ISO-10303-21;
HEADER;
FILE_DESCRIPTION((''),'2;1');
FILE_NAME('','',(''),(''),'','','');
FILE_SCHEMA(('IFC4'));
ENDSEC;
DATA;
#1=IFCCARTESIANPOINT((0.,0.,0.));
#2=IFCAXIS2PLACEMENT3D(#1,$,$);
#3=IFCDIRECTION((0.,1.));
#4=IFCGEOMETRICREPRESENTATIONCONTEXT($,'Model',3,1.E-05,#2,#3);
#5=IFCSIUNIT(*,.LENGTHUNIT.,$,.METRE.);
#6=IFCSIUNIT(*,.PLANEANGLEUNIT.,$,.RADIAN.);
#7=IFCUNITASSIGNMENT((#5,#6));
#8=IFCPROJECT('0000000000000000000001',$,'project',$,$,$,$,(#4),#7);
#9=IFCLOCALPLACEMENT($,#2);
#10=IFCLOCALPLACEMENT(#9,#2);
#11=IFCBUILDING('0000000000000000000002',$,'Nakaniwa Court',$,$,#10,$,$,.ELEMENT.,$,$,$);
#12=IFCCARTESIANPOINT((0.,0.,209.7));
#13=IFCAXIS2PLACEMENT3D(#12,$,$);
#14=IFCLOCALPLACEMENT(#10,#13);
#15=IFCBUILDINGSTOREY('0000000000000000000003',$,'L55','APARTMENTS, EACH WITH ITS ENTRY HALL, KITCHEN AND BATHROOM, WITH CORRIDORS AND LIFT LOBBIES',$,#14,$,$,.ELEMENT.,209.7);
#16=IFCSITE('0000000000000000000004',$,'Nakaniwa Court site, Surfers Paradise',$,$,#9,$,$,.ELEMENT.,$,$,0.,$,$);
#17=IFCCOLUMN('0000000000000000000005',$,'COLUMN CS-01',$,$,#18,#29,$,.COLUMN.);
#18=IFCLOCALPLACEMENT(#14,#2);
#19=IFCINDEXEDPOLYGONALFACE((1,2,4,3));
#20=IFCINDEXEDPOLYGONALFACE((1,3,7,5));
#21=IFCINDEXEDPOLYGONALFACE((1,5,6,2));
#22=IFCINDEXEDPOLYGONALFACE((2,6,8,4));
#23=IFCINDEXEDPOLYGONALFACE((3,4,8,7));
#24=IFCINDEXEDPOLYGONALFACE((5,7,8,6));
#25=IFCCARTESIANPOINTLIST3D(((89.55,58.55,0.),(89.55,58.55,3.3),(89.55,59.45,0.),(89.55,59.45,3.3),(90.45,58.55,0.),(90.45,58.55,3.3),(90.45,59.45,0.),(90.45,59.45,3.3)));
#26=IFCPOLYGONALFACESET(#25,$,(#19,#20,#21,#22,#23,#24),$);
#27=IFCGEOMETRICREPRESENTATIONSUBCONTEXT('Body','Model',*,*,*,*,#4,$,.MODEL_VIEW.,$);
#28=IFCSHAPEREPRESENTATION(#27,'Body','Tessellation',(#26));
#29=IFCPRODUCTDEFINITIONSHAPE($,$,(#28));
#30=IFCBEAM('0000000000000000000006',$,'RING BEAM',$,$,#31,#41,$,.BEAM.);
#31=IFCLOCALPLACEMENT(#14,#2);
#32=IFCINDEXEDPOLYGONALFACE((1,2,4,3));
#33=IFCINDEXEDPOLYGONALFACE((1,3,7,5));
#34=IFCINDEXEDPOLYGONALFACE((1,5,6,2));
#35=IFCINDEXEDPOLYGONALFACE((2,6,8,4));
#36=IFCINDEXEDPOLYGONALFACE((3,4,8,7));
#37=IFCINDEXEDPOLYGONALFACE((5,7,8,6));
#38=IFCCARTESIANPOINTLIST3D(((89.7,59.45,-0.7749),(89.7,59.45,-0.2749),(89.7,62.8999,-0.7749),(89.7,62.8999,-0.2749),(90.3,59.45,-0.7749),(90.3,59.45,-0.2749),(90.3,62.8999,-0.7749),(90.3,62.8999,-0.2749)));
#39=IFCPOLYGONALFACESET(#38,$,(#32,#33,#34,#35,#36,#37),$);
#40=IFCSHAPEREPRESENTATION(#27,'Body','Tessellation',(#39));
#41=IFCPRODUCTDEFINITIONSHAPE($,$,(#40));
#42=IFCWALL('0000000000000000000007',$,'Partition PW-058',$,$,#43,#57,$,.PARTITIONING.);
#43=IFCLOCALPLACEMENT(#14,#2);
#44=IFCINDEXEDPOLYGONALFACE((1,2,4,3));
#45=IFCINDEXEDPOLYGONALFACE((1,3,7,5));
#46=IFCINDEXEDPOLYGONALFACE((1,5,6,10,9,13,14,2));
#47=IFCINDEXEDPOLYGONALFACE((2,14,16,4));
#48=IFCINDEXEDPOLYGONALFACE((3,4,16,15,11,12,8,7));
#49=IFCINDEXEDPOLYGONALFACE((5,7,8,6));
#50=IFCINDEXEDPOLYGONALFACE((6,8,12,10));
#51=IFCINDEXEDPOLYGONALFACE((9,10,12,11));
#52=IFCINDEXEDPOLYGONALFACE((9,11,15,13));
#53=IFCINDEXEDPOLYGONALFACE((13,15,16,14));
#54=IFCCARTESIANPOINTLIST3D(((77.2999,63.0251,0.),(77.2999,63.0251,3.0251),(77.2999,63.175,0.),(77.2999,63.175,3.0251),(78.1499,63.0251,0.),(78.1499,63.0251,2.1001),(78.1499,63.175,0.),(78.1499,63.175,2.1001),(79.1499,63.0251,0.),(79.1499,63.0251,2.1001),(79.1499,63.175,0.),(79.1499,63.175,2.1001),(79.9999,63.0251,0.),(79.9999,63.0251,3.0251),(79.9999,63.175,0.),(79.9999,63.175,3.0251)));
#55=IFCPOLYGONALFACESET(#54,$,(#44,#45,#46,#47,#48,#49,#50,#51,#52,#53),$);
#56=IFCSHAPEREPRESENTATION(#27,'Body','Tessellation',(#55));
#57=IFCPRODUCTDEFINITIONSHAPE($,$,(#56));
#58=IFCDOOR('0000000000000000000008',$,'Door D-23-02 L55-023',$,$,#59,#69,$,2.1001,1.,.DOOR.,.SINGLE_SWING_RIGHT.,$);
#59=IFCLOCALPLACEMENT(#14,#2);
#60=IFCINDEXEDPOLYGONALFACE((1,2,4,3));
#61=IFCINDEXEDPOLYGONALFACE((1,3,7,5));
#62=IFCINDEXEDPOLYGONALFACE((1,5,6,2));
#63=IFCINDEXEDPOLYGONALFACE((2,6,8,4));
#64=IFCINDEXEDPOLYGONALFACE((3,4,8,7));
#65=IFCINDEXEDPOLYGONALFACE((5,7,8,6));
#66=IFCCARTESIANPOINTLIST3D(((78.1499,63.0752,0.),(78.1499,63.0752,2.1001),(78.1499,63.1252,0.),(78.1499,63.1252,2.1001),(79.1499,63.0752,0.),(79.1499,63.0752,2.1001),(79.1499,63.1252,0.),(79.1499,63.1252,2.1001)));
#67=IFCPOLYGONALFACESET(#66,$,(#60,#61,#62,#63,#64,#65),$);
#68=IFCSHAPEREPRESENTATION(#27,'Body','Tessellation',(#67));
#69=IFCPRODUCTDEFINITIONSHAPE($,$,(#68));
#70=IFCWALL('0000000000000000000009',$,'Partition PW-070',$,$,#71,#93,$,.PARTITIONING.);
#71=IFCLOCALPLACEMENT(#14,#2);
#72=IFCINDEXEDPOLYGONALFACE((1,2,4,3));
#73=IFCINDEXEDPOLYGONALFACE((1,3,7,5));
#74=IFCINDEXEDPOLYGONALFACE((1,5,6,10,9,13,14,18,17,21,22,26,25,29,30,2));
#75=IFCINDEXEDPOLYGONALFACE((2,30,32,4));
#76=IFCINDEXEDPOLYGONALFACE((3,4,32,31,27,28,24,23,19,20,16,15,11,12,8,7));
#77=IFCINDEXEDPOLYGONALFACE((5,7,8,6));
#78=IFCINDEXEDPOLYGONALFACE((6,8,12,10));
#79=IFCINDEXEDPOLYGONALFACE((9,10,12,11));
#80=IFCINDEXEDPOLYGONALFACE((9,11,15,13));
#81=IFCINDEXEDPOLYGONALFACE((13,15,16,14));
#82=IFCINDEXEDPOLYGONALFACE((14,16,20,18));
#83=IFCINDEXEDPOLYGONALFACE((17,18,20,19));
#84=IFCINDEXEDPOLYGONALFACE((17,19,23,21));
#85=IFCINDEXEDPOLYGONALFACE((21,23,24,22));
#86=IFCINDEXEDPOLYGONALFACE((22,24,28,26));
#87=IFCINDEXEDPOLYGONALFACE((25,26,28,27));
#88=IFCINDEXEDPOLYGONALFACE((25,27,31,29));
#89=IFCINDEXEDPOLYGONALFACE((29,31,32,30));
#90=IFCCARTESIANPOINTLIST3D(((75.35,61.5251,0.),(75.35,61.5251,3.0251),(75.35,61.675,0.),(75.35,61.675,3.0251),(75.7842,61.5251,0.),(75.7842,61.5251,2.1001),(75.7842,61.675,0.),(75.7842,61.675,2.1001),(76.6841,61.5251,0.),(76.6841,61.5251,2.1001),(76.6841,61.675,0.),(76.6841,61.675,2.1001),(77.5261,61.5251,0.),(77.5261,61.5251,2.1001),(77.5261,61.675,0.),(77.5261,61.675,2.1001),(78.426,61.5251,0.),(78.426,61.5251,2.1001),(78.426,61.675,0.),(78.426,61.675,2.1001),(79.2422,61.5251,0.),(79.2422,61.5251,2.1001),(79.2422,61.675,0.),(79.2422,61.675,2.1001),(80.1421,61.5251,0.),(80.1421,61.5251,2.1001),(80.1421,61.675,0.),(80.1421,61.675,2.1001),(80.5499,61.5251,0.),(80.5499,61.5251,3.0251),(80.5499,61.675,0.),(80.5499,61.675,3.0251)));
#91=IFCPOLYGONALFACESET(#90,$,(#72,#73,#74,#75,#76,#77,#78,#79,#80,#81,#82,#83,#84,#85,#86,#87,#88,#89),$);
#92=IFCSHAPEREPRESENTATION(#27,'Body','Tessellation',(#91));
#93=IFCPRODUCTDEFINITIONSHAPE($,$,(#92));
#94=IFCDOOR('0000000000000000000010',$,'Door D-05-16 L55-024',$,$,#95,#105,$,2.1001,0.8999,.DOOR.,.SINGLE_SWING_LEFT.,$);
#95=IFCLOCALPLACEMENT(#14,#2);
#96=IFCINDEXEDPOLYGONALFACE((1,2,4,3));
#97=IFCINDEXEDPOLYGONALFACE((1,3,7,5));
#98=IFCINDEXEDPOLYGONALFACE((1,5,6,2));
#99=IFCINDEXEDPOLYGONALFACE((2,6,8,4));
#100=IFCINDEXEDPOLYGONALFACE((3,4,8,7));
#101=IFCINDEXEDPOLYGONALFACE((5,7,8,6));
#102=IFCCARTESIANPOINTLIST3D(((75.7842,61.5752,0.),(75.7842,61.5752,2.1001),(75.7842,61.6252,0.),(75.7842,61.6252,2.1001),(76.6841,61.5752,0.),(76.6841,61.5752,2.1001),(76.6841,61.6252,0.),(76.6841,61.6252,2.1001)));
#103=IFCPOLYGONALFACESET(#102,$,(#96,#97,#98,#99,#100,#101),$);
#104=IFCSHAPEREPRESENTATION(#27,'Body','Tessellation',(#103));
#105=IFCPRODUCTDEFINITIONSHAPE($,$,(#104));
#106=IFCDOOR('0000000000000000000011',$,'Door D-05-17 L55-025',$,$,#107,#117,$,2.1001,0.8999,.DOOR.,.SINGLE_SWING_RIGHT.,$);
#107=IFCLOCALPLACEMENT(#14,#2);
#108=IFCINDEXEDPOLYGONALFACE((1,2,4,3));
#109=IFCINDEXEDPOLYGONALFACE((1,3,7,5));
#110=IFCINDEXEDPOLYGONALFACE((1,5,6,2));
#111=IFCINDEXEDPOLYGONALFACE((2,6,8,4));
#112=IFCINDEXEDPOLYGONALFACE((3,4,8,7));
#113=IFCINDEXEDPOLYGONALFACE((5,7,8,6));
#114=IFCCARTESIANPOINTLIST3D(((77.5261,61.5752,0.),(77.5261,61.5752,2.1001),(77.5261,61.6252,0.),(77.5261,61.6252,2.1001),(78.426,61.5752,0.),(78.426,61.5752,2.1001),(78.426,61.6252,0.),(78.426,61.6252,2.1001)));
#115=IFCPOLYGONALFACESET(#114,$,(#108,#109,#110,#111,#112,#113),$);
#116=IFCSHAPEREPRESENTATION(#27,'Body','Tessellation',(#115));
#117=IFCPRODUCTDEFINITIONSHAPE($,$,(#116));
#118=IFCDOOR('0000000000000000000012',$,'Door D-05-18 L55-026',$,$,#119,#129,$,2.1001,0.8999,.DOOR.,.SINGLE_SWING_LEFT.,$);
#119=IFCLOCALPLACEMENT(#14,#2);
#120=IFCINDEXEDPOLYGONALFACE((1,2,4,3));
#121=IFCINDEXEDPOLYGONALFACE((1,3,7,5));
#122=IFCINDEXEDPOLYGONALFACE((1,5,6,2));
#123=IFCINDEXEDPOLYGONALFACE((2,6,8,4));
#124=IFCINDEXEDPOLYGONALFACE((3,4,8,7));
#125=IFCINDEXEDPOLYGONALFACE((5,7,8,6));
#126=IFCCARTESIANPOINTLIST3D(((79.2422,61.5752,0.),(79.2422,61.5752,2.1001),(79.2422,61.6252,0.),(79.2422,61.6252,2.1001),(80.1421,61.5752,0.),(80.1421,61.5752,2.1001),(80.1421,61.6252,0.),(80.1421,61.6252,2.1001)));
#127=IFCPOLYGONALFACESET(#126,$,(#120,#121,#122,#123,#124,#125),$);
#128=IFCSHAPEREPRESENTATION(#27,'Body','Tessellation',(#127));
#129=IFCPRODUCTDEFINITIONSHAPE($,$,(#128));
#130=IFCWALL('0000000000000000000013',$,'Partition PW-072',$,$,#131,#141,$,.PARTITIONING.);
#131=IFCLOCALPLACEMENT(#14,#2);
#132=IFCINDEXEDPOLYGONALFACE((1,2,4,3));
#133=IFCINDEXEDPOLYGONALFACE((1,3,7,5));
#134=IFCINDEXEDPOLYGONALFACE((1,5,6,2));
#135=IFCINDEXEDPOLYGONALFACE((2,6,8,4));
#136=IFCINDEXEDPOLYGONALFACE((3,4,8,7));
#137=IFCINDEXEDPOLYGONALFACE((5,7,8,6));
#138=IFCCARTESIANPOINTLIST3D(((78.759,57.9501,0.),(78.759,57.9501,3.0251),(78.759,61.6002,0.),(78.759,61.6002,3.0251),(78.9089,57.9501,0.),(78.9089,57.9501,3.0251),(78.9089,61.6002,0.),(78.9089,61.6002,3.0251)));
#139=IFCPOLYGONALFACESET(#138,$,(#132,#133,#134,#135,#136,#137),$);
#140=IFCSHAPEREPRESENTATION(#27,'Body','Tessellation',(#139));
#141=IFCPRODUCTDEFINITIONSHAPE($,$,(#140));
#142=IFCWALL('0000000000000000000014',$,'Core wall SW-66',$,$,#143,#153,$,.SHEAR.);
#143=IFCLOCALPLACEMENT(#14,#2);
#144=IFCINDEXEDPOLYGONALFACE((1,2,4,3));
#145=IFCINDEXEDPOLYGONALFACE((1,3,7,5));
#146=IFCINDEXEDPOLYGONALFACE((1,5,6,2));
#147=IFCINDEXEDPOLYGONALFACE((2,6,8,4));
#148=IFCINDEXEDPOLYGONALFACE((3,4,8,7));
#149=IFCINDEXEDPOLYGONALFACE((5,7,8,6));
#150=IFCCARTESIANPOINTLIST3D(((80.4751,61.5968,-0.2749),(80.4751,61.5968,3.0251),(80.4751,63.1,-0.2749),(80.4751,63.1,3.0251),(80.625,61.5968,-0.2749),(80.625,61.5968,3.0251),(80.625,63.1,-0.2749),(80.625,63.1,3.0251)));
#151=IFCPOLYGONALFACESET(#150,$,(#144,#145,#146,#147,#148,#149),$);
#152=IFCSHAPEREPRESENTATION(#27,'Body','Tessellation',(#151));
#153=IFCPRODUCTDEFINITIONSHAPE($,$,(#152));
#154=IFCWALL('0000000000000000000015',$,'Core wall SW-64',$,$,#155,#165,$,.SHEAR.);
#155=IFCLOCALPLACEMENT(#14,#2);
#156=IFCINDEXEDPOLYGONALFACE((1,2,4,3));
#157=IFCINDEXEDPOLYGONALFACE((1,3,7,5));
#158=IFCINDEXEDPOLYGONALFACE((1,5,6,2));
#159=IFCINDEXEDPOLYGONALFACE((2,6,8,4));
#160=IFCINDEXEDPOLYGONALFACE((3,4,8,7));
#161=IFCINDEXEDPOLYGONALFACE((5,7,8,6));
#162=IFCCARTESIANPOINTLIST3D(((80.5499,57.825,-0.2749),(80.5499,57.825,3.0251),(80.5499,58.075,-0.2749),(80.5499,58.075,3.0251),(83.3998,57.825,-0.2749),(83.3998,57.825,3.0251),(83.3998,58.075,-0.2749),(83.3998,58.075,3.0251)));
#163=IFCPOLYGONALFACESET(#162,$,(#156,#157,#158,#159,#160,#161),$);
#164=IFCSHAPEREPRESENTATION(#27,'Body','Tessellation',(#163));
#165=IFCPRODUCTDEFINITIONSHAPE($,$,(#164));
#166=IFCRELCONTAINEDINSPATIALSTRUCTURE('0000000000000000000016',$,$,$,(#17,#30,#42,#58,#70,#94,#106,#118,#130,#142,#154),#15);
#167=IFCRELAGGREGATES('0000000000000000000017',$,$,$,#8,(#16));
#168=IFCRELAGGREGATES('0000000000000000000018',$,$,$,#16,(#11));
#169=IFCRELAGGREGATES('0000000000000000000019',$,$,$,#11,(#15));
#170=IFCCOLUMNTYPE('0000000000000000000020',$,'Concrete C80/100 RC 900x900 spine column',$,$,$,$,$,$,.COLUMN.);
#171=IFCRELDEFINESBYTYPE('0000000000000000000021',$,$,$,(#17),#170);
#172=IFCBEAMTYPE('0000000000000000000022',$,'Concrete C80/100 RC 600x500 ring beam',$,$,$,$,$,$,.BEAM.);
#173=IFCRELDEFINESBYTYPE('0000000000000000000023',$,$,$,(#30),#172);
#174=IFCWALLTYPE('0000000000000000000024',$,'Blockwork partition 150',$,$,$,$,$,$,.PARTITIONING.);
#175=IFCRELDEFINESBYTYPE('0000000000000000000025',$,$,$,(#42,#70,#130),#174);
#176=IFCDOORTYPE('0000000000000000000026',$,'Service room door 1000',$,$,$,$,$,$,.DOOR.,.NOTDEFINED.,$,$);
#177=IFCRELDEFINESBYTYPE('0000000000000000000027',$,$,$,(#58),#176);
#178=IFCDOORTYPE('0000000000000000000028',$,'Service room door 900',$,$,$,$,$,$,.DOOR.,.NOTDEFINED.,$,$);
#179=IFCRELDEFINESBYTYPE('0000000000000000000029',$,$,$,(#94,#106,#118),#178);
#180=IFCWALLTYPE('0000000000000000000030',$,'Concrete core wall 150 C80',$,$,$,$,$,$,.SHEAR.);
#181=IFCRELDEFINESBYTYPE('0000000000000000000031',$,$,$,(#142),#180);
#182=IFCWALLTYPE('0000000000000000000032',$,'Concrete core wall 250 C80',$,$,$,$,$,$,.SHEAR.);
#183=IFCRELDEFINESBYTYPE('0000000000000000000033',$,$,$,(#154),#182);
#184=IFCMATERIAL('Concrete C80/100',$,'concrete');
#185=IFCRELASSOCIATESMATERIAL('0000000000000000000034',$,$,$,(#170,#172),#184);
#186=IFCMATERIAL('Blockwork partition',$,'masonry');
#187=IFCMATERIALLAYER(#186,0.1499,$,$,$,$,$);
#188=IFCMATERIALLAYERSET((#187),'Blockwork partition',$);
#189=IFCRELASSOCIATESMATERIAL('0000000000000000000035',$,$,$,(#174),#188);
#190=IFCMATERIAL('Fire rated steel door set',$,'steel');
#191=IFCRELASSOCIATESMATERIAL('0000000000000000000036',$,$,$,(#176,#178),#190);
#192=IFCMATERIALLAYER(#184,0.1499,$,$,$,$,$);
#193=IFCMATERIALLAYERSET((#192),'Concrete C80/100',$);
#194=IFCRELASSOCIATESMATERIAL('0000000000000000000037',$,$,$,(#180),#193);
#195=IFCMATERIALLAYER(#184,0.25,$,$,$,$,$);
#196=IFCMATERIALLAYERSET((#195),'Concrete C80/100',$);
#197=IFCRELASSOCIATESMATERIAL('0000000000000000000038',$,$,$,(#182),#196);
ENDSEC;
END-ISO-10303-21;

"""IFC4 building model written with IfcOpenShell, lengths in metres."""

from ifc_helpers import new_model, si_unit, direction, frame, frame_2d, origin, origin_2d, place, context, subcontext, project, spatial, rectangle, extrude, material, layer, layer_set, material_profile, profile_set, type_object, element, fill, save


model = new_model("IFC4")

# Units and contexts
model_context = context("Model", 3, precision=1e-05, world=origin(), true_north=direction((0.0, 1.0)))
body_context = subcontext(model_context, "Body", "Model", "MODEL_VIEW")
ifc_project = project(units=[si_unit("LENGTHUNIT", "METRE"), si_unit("PLANEANGLEUNIT", "RADIAN")], contexts=[model_context])

# Site, building, storey
site_placement = place(None, origin())
site = spatial("IfcSite", under=ifc_project, at=site_placement, Name="Nakaniwa Court site, Surfers Paradise", CompositionType="ELEMENT", RefElevation=0.0)
building_placement = place(site_placement, origin())
building = spatial("IfcBuilding", under=site, at=building_placement, Name="Nakaniwa Court", CompositionType="ELEMENT")
storey_placement = place(building_placement, frame((0.0, 0.0, 209.7)))
storey = spatial("IfcBuildingStorey", under=building, at=storey_placement, Name="L55", Description="APARTMENTS, EACH WITH ITS ENTRY HALL, KITCHEN AND BATHROOM, WITH CORRIDORS AND LIFT LOBBIES", CompositionType="ELEMENT", Elevation=209.7)

# Column
ifc_material_1 = material(Name="Concrete C80/100", Category="concrete")
ifc_material_profile_1 = material_profile(ifc_material_1, rectangle(XDim=0.8999, YDim=0.8999, at=origin_2d()), Name="Concrete C80/100 RC 900x900 spine column")
ifc_profile_set_1 = profile_set([ifc_material_profile_1], Name="Concrete C80/100")
column_type = type_object("IfcColumnType", Name="Concrete C80/100 RC 900x900 spine column", PredefinedType="COLUMN", material=ifc_profile_set_1)
column_placement = place(storey_placement, frame((90.0, 59.0, 0.0), z_axis=(0.0, 0.0, 1.0), x_axis=(0.0, 1.0, 0.0)))
element("IfcColumn", 1, at=column_placement, inside=storey, type_object=column_type, Name="COLUMN CS-01", PredefinedType="COLUMN", context=body_context, shape_type="SweptSolid", body=[
    extrude(rectangle(XDim=0.8999, YDim=0.8999, at=origin_2d()), origin(), (0.0, 0.0, 1.0), 3.3),
])

# Beam
ifc_material_profile_2 = material_profile(ifc_material_1, rectangle(XDim=0.6001, YDim=0.5, at=origin_2d()), Name="Concrete C80/100 RC 600x500 ring beam")
ifc_profile_set_2 = profile_set([ifc_material_profile_2], Name="Concrete C80/100")
beam_type = type_object("IfcBeamType", Name="Concrete C80/100 RC 600x500 ring beam", PredefinedType="BEAM", material=ifc_profile_set_2)
beam_placement = place(storey_placement, frame((90.0, 59.45, -0.5249), z_axis=(0.0, 1.0, 0.0), x_axis=(-1.0, 0.0, 0.0)))
element("IfcBeam", 2, at=beam_placement, inside=storey, type_object=beam_type, Name="RING BEAM", PredefinedType="BEAM", context=body_context, shape_type="SweptSolid", body=[
    extrude(rectangle(XDim=0.6001, YDim=0.5, at=origin_2d()), origin(), (0.0, 0.0, 1.0), 3.45),
])

# Wall, opening, door
ifc_material_2 = material(Name="Blockwork partition", Category="masonry")
ifc_layer_1 = layer(ifc_material_2, 0.1499)
ifc_layer_set_1 = layer_set([ifc_layer_1], Name="Blockwork partition")
wall_type_1 = type_object("IfcWallType", Name="Blockwork partition 150", PredefinedType="PARTITIONING", material=ifc_layer_set_1)
wall_1_placement = place(storey_placement, frame((80.0, 63.1001, 0.0), z_axis=(0.0, 0.0, 1.0), x_axis=(-1.0, 0.0, 0.0)))
wall_1 = element("IfcWall", 3, at=wall_1_placement, inside=storey, type_object=wall_type_1, Name="Partition PW-058", PredefinedType="PARTITIONING", context=body_context, shape_type="SweptSolid", body=[
    extrude(rectangle(XDim=2.7, YDim=0.1499, at=frame_2d((1.3501, 0.0))), origin(), (0.0, 0.0, 1.0), 3.0251),
])
opening_1_placement = place(wall_1_placement, frame((0.8501, 0.0, 0.0)))
opening_1 = element("IfcOpeningElement", 4, at=opening_1_placement, cuts=wall_1, PredefinedType="OPENING", context=body_context, shape_type="SweptSolid", body=[
    extrude(rectangle(XDim=1.0, YDim=2.1001, at=frame_2d((0.5, 1.05))), frame((0.0, 0.085, 0.0), z_axis=(0.0, -1.0, 0.0), x_axis=(1.0, 0.0, 0.0)), (0.0, 0.0, 1.0), 0.1699),
])
ifc_material_3 = material(Name="Fire rated steel door set", Category="steel")
door_type_1 = type_object("IfcDoorType", Name="Service room door 1000", OperationType="NOTDEFINED", PredefinedType="DOOR", material=ifc_material_3)
door_1_placement = place(opening_1_placement, origin())
door_1 = element("IfcDoor", 5, at=door_1_placement, inside=storey, type_object=door_type_1, Name="Door D-23-02 L55-023", OperationType="SINGLE_SWING_RIGHT", OverallHeight=2.1001, OverallWidth=1.0, PredefinedType="DOOR", context=body_context, shape_type="SweptSolid", body=[
    extrude(rectangle(XDim=1.0, YDim=2.1001, at=frame_2d((0.5, 1.05))), frame((0.0, 0.0249, 0.0), z_axis=(0.0, -1.0, 0.0), x_axis=(1.0, 0.0, 0.0)), (0.0, 0.0, 1.0), 0.05),
])
fill(opening_1, door_1)

# Wall, openings, doors
wall_2_placement = place(storey_placement, frame((80.55, 61.6001, 0.0), z_axis=(0.0, 0.0, 1.0), x_axis=(-1.0, 0.0, 0.0)))
wall_2 = element("IfcWall", 6, at=wall_2_placement, inside=storey, type_object=wall_type_1, Name="Partition PW-070", PredefinedType="PARTITIONING", context=body_context, shape_type="SweptSolid", body=[
    extrude(rectangle(XDim=5.2, YDim=0.1499, at=frame_2d((2.6001, 0.0))), origin(), (0.0, 0.0, 1.0), 3.0251),
])
opening_2_placement = place(wall_2_placement, frame((3.866, 0.0, 0.0)))
opening_2 = element("IfcOpeningElement", 7, at=opening_2_placement, cuts=wall_2, PredefinedType="OPENING", context=body_context, shape_type="SweptSolid", body=[
    extrude(rectangle(XDim=0.8999, YDim=2.1001, at=frame_2d((0.45, 1.05))), frame((0.0, 0.085, 0.0), z_axis=(0.0, -1.0, 0.0), x_axis=(1.0, 0.0, 0.0)), (0.0, 0.0, 1.0), 0.1699),
])
opening_3_placement = place(wall_2_placement, frame((2.124, 0.0, 0.0)))
opening_3 = element("IfcOpeningElement", 8, at=opening_3_placement, cuts=wall_2, PredefinedType="OPENING", context=body_context, shape_type="SweptSolid", body=[
    extrude(rectangle(XDim=0.8999, YDim=2.1001, at=frame_2d((0.45, 1.05))), frame((0.0, 0.085, 0.0), z_axis=(0.0, -1.0, 0.0), x_axis=(1.0, 0.0, 0.0)), (0.0, 0.0, 1.0), 0.1699),
])
opening_4_placement = place(wall_2_placement, frame((0.408, 0.0, 0.0)))
opening_4 = element("IfcOpeningElement", 9, at=opening_4_placement, cuts=wall_2, PredefinedType="OPENING", context=body_context, shape_type="SweptSolid", body=[
    extrude(rectangle(XDim=0.8999, YDim=2.1001, at=frame_2d((0.45, 1.05))), frame((0.0, 0.085, 0.0), z_axis=(0.0, -1.0, 0.0), x_axis=(1.0, 0.0, 0.0)), (0.0, 0.0, 1.0), 0.1699),
])
door_type_2 = type_object("IfcDoorType", Name="Service room door 900", OperationType="NOTDEFINED", PredefinedType="DOOR", material=ifc_material_3)
door_2_placement = place(opening_2_placement, origin())
door_2 = element("IfcDoor", 10, at=door_2_placement, inside=storey, type_object=door_type_2, Name="Door D-05-16 L55-024", OperationType="SINGLE_SWING_LEFT", OverallHeight=2.1001, OverallWidth=0.8999, PredefinedType="DOOR", context=body_context, shape_type="SweptSolid", body=[
    extrude(rectangle(XDim=0.8999, YDim=2.1001, at=frame_2d((0.45, 1.05))), frame((0.0, 0.0249, 0.0), z_axis=(0.0, -1.0, 0.0), x_axis=(1.0, 0.0, 0.0)), (0.0, 0.0, 1.0), 0.05),
])
fill(opening_2, door_2)
door_3_placement = place(opening_3_placement, origin())
door_3 = element("IfcDoor", 11, at=door_3_placement, inside=storey, type_object=door_type_2, Name="Door D-05-17 L55-025", OperationType="SINGLE_SWING_RIGHT", OverallHeight=2.1001, OverallWidth=0.8999, PredefinedType="DOOR", context=body_context, shape_type="SweptSolid", body=[
    extrude(rectangle(XDim=0.8999, YDim=2.1001, at=frame_2d((0.45, 1.05))), frame((0.0, 0.0249, 0.0), z_axis=(0.0, -1.0, 0.0), x_axis=(1.0, 0.0, 0.0)), (0.0, 0.0, 1.0), 0.05),
])
fill(opening_3, door_3)
door_4_placement = place(opening_4_placement, origin())
door_4 = element("IfcDoor", 12, at=door_4_placement, inside=storey, type_object=door_type_2, Name="Door D-05-18 L55-026", OperationType="SINGLE_SWING_LEFT", OverallHeight=2.1001, OverallWidth=0.8999, PredefinedType="DOOR", context=body_context, shape_type="SweptSolid", body=[
    extrude(rectangle(XDim=0.8999, YDim=2.1001, at=frame_2d((0.45, 1.05))), frame((0.0, 0.0249, 0.0), z_axis=(0.0, -1.0, 0.0), x_axis=(1.0, 0.0, 0.0)), (0.0, 0.0, 1.0), 0.05),
])
fill(opening_4, door_4)

# Walls
wall_3_placement = place(storey_placement, frame((78.834, 57.95, 0.0), z_axis=(0.0, 0.0, 1.0), x_axis=(0.0, 1.0, 0.0)))
element("IfcWall", 13, at=wall_3_placement, inside=storey, type_object=wall_type_1, Name="Partition PW-072", PredefinedType="PARTITIONING", context=body_context, shape_type="SweptSolid", body=[
    extrude(rectangle(XDim=3.6501, YDim=0.1499, at=frame_2d((1.8252, 0.0))), origin(), (0.0, 0.0, 1.0), 3.0251),
])
ifc_layer_2 = layer(ifc_material_1, 0.1499)
ifc_layer_set_2 = layer_set([ifc_layer_2], Name="Concrete C80/100")
wall_type_2 = type_object("IfcWallType", Name="Concrete core wall 150 C80", PredefinedType="SHEAR", material=ifc_layer_set_2)
wall_4_placement = place(storey_placement, frame((80.55, 61.5969, -0.2749), z_axis=(0.0, 0.0, 1.0), x_axis=(0.0, 1.0, 0.0)))
element("IfcWall", 14, at=wall_4_placement, inside=storey, type_object=wall_type_2, Name="Core wall SW-66", PredefinedType="SHEAR", context=body_context, shape_type="SweptSolid", body=[
    extrude(rectangle(XDim=1.5032, YDim=0.1499, at=frame_2d((0.7515, 0.0))), origin(), (0.0, 0.0, 1.0), 3.3),
])
ifc_layer_3 = layer(ifc_material_1, 0.25)
ifc_layer_set_3 = layer_set([ifc_layer_3], Name="Concrete C80/100")
wall_type_3 = type_object("IfcWallType", Name="Concrete core wall 250 C80", PredefinedType="SHEAR", material=ifc_layer_set_3)
wall_5_placement = place(storey_placement, frame((80.55, 57.95, -0.2749), z_axis=(0.0, 0.0, 1.0), x_axis=(1.0, 0.0, 0.0)))
element("IfcWall", 15, at=wall_5_placement, inside=storey, type_object=wall_type_3, Name="Core wall SW-64", PredefinedType="SHEAR", context=body_context, shape_type="SweptSolid", body=[
    extrude(rectangle(XDim=2.8499, YDim=0.25, at=frame_2d((1.4248, 0.0))), origin(), (0.0, 0.0, 1.0), 3.3),
])

save(model, "model.ifc")
